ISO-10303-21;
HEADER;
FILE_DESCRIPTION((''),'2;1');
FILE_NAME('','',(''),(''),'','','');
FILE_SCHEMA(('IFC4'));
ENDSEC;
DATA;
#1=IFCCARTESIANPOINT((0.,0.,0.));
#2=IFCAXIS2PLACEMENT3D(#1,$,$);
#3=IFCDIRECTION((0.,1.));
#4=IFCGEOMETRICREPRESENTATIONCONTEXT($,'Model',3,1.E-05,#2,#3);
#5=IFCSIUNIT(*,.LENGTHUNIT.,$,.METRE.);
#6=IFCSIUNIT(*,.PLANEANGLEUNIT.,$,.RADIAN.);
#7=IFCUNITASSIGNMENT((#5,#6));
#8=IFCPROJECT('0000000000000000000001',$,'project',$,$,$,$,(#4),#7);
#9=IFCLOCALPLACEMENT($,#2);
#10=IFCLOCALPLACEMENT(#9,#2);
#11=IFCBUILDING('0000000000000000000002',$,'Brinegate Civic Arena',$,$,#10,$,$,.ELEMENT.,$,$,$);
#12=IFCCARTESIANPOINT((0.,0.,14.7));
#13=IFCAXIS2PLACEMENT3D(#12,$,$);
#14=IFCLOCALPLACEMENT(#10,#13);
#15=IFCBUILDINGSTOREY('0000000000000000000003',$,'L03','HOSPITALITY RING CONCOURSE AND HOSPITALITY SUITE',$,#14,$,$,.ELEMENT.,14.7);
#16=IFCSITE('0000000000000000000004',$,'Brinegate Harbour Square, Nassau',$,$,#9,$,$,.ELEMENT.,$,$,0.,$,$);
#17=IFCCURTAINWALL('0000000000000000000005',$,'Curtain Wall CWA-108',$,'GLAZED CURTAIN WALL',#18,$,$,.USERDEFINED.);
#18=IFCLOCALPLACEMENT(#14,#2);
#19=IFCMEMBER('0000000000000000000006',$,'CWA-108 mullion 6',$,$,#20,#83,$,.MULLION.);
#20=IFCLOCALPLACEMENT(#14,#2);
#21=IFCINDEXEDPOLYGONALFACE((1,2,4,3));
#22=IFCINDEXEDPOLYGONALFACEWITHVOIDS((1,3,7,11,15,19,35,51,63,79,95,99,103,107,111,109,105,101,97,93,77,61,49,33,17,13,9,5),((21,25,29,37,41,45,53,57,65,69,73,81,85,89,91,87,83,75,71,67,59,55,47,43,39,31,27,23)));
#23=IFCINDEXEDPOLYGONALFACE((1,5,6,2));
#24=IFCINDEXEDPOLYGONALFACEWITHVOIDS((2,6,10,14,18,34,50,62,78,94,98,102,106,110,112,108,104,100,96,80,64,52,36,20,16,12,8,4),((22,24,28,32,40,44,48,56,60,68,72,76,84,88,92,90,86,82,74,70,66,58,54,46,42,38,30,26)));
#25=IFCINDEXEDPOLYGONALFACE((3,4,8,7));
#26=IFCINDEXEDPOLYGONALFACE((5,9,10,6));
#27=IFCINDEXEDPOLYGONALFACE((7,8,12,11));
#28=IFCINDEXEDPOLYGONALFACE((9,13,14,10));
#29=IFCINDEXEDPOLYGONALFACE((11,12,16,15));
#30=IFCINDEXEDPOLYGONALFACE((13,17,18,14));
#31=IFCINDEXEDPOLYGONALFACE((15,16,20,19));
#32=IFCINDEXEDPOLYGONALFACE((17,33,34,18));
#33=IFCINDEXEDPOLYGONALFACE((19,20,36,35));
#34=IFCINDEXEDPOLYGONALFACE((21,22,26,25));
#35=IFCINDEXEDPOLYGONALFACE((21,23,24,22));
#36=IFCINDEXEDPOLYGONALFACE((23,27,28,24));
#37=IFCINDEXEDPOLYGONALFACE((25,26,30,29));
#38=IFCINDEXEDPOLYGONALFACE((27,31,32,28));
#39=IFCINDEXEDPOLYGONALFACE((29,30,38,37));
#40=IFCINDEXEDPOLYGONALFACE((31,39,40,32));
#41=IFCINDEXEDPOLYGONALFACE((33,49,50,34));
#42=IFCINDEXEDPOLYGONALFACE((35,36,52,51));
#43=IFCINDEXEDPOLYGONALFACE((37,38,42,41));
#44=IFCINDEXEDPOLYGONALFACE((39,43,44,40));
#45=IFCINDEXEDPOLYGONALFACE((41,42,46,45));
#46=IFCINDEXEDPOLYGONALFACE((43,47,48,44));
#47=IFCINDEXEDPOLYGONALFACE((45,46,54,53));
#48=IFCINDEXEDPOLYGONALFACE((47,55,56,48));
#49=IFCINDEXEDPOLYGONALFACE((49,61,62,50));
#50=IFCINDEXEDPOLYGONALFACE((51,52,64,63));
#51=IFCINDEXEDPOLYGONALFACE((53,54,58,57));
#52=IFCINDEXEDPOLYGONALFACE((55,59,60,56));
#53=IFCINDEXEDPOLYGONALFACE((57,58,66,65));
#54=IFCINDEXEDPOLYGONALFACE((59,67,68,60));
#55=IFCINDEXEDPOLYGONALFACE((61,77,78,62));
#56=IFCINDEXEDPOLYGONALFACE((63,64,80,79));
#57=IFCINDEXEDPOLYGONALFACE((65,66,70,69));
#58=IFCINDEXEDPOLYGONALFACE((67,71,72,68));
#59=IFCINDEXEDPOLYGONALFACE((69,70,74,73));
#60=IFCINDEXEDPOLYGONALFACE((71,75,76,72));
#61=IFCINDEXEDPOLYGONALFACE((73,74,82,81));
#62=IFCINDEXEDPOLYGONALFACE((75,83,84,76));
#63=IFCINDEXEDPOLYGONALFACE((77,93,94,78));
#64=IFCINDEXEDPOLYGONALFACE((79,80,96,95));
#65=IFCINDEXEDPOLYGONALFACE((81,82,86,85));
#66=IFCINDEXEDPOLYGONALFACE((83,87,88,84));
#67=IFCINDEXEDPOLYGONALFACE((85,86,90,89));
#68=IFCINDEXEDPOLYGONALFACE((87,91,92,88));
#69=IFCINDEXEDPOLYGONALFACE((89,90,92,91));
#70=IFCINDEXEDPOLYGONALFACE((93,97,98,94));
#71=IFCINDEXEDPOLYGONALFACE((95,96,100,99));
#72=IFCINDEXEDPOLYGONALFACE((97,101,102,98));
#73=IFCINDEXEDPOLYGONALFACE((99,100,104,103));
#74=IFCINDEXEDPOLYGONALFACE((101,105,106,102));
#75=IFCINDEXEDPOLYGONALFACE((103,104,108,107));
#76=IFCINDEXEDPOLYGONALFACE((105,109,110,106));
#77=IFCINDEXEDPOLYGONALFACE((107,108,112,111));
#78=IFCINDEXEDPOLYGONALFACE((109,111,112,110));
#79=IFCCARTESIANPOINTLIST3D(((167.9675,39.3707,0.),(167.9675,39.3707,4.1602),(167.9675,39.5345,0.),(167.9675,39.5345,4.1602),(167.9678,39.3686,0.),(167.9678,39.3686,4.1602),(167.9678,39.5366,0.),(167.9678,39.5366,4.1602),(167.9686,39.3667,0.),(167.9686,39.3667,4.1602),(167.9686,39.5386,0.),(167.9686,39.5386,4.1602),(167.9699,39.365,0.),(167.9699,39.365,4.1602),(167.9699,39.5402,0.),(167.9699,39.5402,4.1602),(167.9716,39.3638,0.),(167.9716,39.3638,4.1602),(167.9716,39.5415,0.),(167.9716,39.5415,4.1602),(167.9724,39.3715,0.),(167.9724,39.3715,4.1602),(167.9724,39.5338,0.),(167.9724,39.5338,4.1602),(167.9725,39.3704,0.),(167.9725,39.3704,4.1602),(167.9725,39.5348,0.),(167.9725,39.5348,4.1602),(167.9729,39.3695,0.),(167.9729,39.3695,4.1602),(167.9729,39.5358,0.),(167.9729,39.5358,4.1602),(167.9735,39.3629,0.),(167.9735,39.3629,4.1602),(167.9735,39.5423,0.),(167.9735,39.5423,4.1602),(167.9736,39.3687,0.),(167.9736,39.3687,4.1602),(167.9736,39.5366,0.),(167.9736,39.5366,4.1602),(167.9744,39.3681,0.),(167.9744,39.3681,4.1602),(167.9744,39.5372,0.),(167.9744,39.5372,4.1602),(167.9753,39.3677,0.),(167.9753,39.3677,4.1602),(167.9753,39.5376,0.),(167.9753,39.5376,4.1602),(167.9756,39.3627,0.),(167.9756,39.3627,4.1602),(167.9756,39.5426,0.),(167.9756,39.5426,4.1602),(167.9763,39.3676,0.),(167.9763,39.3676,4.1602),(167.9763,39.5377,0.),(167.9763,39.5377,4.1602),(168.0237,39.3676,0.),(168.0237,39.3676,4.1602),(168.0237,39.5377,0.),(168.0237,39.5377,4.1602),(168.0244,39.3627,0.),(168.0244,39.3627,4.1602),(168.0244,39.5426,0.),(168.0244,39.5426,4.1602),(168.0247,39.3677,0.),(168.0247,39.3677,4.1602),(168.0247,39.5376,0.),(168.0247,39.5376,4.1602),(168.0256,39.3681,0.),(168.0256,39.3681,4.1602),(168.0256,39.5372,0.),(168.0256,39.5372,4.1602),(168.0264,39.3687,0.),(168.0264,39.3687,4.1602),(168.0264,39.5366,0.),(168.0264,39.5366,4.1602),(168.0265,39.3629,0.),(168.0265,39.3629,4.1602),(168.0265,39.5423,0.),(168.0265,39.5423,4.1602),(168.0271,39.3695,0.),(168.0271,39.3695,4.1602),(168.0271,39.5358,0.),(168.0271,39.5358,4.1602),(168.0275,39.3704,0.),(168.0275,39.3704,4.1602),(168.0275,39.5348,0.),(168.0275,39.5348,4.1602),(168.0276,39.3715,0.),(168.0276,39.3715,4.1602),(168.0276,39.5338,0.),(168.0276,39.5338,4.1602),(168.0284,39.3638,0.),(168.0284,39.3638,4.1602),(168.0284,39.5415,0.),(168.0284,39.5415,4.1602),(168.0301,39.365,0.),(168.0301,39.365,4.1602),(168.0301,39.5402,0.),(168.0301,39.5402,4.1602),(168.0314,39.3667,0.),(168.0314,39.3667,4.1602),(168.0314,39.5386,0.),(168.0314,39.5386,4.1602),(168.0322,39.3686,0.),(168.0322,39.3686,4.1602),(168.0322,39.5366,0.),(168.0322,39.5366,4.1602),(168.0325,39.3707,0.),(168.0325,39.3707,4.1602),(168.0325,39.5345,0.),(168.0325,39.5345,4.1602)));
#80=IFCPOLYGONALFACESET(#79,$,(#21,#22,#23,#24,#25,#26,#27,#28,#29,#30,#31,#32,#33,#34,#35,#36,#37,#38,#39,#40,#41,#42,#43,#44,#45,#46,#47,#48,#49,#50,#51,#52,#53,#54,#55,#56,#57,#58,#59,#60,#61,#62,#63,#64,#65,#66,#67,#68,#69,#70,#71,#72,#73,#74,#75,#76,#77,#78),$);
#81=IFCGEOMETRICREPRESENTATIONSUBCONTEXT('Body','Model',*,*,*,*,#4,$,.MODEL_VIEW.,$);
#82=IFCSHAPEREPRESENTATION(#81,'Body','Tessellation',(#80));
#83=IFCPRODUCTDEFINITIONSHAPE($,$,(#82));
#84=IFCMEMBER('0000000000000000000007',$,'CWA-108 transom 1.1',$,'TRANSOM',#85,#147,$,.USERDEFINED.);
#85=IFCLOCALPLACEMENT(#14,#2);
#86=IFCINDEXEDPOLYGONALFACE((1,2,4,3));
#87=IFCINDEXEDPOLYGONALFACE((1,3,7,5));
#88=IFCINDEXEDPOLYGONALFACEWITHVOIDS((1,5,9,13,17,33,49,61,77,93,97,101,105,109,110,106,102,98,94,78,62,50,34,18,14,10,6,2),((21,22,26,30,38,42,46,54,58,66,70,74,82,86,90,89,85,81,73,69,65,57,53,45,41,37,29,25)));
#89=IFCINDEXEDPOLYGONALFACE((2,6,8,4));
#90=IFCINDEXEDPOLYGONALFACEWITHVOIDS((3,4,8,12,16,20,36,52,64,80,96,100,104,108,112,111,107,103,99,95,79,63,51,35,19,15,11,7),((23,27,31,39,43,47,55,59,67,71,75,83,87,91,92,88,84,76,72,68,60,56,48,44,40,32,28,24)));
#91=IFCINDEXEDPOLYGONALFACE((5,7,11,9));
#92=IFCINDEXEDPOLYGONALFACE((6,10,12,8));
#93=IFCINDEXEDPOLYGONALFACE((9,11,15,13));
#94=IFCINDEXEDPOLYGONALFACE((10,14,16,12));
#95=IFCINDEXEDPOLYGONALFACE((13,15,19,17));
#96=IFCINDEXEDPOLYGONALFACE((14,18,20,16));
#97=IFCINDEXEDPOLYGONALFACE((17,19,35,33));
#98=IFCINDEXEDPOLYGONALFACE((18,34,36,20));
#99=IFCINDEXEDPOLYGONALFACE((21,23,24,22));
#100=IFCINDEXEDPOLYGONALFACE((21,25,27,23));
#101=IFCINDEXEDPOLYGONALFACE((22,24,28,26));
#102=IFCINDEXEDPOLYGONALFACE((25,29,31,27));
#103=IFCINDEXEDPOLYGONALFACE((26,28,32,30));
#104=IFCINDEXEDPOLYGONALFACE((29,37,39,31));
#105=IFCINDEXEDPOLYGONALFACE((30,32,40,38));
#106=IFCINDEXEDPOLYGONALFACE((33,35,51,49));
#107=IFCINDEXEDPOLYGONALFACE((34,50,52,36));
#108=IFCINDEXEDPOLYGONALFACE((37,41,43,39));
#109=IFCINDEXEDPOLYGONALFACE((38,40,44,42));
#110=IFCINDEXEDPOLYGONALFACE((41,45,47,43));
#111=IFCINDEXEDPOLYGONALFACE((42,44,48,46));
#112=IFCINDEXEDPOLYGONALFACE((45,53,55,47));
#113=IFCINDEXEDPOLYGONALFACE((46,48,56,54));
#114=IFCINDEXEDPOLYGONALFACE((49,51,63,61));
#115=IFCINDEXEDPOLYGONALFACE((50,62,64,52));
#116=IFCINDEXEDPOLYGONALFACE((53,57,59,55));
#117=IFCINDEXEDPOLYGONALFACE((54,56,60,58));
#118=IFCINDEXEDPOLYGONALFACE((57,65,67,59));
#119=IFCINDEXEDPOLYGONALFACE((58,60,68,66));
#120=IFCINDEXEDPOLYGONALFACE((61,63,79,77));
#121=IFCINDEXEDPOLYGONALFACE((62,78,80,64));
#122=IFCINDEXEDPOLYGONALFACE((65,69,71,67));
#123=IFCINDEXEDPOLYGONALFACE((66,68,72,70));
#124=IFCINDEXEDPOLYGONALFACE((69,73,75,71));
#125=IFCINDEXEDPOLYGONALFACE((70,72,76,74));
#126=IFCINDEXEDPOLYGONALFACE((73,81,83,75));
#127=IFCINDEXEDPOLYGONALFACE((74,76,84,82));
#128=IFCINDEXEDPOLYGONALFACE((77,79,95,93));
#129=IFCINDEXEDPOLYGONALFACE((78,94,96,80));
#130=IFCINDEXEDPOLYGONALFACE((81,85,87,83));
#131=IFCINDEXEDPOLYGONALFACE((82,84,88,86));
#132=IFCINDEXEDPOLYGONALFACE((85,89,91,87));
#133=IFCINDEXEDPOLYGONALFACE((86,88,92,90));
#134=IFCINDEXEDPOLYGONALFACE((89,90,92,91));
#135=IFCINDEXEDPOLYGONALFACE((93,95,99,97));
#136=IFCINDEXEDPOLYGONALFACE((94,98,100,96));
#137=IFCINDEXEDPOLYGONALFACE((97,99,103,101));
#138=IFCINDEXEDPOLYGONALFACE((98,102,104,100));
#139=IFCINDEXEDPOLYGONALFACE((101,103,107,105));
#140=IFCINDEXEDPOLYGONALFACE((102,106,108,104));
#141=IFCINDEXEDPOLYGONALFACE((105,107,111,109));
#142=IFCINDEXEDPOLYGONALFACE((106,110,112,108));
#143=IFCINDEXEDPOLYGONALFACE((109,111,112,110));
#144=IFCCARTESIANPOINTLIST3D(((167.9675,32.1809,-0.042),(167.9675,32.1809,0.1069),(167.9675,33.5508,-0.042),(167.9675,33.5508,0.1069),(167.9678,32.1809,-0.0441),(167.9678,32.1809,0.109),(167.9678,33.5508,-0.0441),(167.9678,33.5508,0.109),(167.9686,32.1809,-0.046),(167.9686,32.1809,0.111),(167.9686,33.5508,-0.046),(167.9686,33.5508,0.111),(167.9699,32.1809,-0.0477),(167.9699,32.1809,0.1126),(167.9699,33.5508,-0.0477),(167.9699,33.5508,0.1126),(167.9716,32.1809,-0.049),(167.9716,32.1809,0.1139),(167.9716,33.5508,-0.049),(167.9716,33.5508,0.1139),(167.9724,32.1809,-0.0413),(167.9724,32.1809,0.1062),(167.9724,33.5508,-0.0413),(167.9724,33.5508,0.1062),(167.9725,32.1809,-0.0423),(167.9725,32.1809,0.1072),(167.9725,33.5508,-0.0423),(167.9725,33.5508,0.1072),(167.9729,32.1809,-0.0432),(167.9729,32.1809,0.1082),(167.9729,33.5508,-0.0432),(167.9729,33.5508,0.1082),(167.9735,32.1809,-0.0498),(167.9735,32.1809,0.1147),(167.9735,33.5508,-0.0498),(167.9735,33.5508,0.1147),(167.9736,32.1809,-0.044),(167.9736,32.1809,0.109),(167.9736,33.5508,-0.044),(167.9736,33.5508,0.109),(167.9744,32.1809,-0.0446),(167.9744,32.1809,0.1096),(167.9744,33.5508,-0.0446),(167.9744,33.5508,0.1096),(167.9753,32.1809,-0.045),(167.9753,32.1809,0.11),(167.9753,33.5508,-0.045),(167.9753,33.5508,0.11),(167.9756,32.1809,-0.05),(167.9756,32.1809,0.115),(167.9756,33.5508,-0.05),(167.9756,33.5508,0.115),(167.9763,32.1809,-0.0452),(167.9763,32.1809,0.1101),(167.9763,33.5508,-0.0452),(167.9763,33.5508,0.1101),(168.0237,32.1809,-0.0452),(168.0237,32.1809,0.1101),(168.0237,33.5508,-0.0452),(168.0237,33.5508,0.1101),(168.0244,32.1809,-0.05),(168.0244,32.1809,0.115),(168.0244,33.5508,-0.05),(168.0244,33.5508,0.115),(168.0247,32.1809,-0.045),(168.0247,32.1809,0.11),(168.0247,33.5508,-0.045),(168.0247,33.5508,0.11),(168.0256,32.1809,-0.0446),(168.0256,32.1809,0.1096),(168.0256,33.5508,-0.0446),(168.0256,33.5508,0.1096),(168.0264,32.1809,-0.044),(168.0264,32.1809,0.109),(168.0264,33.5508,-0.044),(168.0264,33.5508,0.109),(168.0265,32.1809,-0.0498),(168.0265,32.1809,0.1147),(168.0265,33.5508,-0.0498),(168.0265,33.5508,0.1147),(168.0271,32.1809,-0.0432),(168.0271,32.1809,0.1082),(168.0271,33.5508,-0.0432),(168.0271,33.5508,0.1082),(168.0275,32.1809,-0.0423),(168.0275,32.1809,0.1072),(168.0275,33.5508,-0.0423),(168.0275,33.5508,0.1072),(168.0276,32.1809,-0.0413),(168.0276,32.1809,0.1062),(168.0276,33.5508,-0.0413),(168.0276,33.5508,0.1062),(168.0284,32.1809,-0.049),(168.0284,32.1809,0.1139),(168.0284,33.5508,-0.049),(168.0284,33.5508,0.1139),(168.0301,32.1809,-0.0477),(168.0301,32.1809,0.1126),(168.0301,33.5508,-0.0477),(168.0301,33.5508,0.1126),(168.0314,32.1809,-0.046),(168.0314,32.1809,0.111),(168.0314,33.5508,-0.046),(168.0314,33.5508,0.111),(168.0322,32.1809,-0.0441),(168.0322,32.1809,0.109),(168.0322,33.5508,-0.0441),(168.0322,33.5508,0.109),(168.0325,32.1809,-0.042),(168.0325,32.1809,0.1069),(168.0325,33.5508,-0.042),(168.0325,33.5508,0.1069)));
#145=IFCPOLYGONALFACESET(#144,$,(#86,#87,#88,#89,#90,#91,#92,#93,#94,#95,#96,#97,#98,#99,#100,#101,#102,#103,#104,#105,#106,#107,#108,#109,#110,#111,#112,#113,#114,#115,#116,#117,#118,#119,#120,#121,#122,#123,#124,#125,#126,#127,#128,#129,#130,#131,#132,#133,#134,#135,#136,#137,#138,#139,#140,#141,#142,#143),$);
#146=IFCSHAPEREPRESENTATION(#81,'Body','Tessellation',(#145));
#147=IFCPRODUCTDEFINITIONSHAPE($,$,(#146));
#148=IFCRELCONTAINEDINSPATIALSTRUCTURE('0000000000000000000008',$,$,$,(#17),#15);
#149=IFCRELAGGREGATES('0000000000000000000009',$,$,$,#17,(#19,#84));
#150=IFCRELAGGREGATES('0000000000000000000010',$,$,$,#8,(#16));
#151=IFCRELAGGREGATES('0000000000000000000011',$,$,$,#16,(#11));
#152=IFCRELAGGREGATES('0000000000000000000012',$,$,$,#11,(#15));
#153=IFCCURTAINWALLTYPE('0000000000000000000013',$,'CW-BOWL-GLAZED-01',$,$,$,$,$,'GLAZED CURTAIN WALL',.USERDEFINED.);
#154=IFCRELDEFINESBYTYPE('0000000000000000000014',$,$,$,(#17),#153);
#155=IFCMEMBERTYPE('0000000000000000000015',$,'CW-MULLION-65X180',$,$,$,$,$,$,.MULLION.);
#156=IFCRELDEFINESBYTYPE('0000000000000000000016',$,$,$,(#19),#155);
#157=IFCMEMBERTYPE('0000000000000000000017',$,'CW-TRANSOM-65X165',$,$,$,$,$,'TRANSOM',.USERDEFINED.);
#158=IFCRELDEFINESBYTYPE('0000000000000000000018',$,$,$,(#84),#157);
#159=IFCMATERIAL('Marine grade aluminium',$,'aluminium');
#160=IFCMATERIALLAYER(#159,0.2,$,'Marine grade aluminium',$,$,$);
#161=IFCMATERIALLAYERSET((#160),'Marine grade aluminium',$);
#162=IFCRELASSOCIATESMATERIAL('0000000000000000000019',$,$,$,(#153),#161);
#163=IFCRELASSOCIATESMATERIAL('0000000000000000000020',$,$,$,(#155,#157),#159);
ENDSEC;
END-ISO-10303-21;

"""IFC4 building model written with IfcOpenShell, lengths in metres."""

from ifc_helpers import new_model, si_unit, direction, frame, origin, origin_2d, place, context, subcontext, project, spatial, hollow_rectangle, extrude, material, layer, layer_set, material_profile, profile_set, type_object, element, aggregate, save


model = new_model("IFC4")

# Units and contexts
model_context = context("Model", 3, precision=1e-05, world=origin(), true_north=direction((0.0, 1.0)))
body_context = subcontext(model_context, "Body", "Model", "MODEL_VIEW")
ifc_project = project(units=[si_unit("LENGTHUNIT", "METRE"), si_unit("PLANEANGLEUNIT", "RADIAN")], contexts=[model_context])

# Site, building, storey
site_placement = place(None, origin())
site = spatial("IfcSite", under=ifc_project, at=site_placement, Name="Brinegate Harbour Square, Nassau", CompositionType="ELEMENT", RefElevation=0.0)
building_placement = place(site_placement, origin())
building = spatial("IfcBuilding", under=site, at=building_placement, Name="Brinegate Civic Arena", CompositionType="ELEMENT")
storey_placement = place(building_placement, frame((0.0, 0.0, 14.7)))
storey = spatial("IfcBuildingStorey", under=building, at=storey_placement, Name="L03", Description="HOSPITALITY RING CONCOURSE AND HOSPITALITY SUITE", CompositionType="ELEMENT", Elevation=14.7)

# Curtain wall, members
ifc_material_1 = material(Name="Marine grade aluminium", Category="aluminium")
ifc_layer_1 = layer(ifc_material_1, 0.2, Name="Marine grade aluminium")
ifc_layer_set_1 = layer_set([ifc_layer_1], Name="Marine grade aluminium")
curtain_wall_type = type_object("IfcCurtainWallType", Name="CW-BOWL-GLAZED-01", ElementType="GLAZED CURTAIN WALL", PredefinedType="USERDEFINED", material=ifc_layer_set_1)
curtain_wall_placement = place(storey_placement, origin())
curtain_wall = element("IfcCurtainWall", 1, at=curtain_wall_placement, inside=storey, type_object=curtain_wall_type, Name="Curtain Wall CWA-108", ObjectType="GLAZED CURTAIN WALL", PredefinedType="USERDEFINED")
ifc_material_profile_1 = material_profile(ifc_material_1, hollow_rectangle(XDim=0.0649, YDim=0.1799, WallThickness=0.0049, InnerFilletRadius=0.0039, OuterFilletRadius=0.0081, at=origin_2d()), Name="MUL65X180")
ifc_profile_set_1 = profile_set([ifc_material_profile_1], Name="Marine grade aluminium")
member_type_1 = type_object("IfcMemberType", Name="CW-MULLION-65X180", PredefinedType="MULLION", material=ifc_profile_set_1)
member_1_placement = place(storey_placement, frame((168.0, 39.4526, 0.0), z_axis=(0.0, 0.0, 1.0), x_axis=(-1.0, 0.0, 0.0)))
member_1 = element("IfcMember", 2, at=member_1_placement, type_object=member_type_1, Name="CWA-108 mullion 6", PredefinedType="MULLION", context=body_context, shape_type="SweptSolid", body=[
    extrude(hollow_rectangle(XDim=0.0649, YDim=0.1799, WallThickness=0.0049, InnerFilletRadius=0.0039, OuterFilletRadius=0.0081, at=origin_2d()), origin(), (0.0, 0.0, 1.0), 4.1602),
])
ifc_material_profile_2 = material_profile(ifc_material_1, hollow_rectangle(XDim=0.0649, YDim=0.165, WallThickness=0.0049, InnerFilletRadius=0.0039, OuterFilletRadius=0.0081, at=origin_2d()), Name="TRN65X165")
ifc_profile_set_2 = profile_set([ifc_material_profile_2], Name="Marine grade aluminium")
member_type_2 = type_object("IfcMemberType", Name="CW-TRANSOM-65X165", ElementType="TRANSOM", PredefinedType="USERDEFINED", material=ifc_profile_set_2)
member_2_placement = place(storey_placement, frame((168.0, 32.1809, 0.0325), z_axis=(0.0, 1.0, 0.0), x_axis=(-1.0, 0.0, 0.0)))
member_2 = element("IfcMember", 3, at=member_2_placement, type_object=member_type_2, Name="CWA-108 transom 1.1", ObjectType="TRANSOM", PredefinedType="USERDEFINED", context=body_context, shape_type="SweptSolid", body=[
    extrude(hollow_rectangle(XDim=0.0649, YDim=0.165, WallThickness=0.0049, InnerFilletRadius=0.0039, OuterFilletRadius=0.0081, at=origin_2d()), origin(), (0.0, 0.0, 1.0), 1.3699),
])
aggregate(curtain_wall, [member_1, member_2])

save(model, "model.ifc")
